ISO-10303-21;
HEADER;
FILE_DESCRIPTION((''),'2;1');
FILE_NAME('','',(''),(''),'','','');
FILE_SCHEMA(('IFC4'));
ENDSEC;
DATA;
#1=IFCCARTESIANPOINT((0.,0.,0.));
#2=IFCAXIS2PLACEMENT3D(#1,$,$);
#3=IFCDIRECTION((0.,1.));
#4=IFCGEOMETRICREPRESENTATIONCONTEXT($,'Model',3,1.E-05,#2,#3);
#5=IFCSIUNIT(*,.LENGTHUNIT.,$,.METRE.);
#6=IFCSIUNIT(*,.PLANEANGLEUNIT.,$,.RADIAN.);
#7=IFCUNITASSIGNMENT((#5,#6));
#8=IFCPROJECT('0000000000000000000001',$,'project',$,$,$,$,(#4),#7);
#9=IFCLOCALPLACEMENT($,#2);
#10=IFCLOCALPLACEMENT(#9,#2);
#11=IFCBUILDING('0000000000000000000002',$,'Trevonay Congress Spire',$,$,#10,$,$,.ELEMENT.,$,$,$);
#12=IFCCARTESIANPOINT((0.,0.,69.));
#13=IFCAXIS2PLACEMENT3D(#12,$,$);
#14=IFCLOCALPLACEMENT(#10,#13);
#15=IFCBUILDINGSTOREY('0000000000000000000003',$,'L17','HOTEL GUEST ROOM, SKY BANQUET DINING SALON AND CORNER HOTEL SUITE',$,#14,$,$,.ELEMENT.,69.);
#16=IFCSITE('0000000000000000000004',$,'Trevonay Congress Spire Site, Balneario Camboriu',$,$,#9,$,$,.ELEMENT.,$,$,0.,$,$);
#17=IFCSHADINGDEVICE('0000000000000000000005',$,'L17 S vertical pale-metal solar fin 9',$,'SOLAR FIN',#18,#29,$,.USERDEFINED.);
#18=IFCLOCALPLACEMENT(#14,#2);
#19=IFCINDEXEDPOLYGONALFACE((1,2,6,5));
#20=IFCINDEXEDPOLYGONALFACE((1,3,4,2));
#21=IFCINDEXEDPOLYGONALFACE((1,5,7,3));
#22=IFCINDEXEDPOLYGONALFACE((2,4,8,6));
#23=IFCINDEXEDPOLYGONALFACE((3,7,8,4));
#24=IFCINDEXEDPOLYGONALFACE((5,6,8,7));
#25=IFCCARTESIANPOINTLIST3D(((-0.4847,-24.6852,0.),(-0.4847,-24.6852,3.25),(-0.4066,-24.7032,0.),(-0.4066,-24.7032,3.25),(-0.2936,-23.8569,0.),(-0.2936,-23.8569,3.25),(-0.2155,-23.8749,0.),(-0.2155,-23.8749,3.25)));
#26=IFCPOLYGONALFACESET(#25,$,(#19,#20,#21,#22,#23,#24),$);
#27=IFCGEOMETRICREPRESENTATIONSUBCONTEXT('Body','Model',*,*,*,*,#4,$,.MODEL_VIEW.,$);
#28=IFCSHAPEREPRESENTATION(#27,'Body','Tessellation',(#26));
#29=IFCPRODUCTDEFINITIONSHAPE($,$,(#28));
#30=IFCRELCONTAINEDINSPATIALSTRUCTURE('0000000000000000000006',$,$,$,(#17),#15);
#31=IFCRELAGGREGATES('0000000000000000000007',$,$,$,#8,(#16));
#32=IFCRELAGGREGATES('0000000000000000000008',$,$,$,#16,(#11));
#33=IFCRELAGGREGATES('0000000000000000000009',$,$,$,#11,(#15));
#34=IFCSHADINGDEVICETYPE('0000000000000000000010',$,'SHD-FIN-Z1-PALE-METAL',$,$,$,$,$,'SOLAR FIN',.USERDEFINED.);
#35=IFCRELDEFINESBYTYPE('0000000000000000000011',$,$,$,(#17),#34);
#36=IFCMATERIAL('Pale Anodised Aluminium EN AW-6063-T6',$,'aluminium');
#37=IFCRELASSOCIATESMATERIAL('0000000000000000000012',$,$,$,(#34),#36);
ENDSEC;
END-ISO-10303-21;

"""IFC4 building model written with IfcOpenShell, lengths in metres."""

from ifc_helpers import new_model, si_unit, direction, frame, origin, origin_2d, place, context, subcontext, project, spatial, rectangle, extrude, material, type_object, element, save


model = new_model("IFC4")

# Units and contexts
model_context = context("Model", 3, precision=1e-05, world=origin(), true_north=direction((0.0, 1.0)))
body_context = subcontext(model_context, "Body", "Model", "MODEL_VIEW")
ifc_project = project(units=[si_unit("LENGTHUNIT", "METRE"), si_unit("PLANEANGLEUNIT", "RADIAN")], contexts=[model_context])

# Site, building, storey
site_placement = place(None, origin())
site = spatial("IfcSite", under=ifc_project, at=site_placement, Name="Trevonay Congress Spire Site, Balneario Camboriu", CompositionType="ELEMENT", RefElevation=0.0)
building_placement = place(site_placement, origin())
building = spatial("IfcBuilding", under=site, at=building_placement, Name="Trevonay Congress Spire", CompositionType="ELEMENT")
storey_placement = place(building_placement, frame((0.0, 0.0, 69.0)))
storey = spatial("IfcBuildingStorey", under=building, at=storey_placement, Name="L17", Description="HOTEL GUEST ROOM, SKY BANQUET DINING SALON AND CORNER HOTEL SUITE", CompositionType="ELEMENT", Elevation=69.0)

# Shared definitions
ifc_material_1 = material(Name="Pale Anodised Aluminium EN AW-6063-T6", Category="aluminium")

# Shading device
shading_device_type = type_object("IfcShadingDeviceType", Name="SHD-FIN-Z1-PALE-METAL", ElementType="SOLAR FIN", PredefinedType="USERDEFINED", material=ifc_material_1)
for number, where, z_axis, x_axis, name in (
    (1, (-0.3501, -24.28, 0.0), (0.0, 0.0, 1.0), (0.974409, -0.224781, 0.0), "L17 S vertical pale-metal solar fin 9"),
):
    element("IfcShadingDevice", number, at=place(storey_placement, frame(where, z_axis=z_axis, x_axis=x_axis)), inside=storey, type_object=shading_device_type, Name=name, ObjectType="SOLAR FIN", PredefinedType="USERDEFINED", context=body_context, shape_type="SweptSolid", body=[
        extrude(rectangle(XDim=0.0801, YDim=0.8501, at=origin_2d()), origin(), (0.0, 0.0, 1.0), 3.25),
    ])

save(model, "model.ifc")
